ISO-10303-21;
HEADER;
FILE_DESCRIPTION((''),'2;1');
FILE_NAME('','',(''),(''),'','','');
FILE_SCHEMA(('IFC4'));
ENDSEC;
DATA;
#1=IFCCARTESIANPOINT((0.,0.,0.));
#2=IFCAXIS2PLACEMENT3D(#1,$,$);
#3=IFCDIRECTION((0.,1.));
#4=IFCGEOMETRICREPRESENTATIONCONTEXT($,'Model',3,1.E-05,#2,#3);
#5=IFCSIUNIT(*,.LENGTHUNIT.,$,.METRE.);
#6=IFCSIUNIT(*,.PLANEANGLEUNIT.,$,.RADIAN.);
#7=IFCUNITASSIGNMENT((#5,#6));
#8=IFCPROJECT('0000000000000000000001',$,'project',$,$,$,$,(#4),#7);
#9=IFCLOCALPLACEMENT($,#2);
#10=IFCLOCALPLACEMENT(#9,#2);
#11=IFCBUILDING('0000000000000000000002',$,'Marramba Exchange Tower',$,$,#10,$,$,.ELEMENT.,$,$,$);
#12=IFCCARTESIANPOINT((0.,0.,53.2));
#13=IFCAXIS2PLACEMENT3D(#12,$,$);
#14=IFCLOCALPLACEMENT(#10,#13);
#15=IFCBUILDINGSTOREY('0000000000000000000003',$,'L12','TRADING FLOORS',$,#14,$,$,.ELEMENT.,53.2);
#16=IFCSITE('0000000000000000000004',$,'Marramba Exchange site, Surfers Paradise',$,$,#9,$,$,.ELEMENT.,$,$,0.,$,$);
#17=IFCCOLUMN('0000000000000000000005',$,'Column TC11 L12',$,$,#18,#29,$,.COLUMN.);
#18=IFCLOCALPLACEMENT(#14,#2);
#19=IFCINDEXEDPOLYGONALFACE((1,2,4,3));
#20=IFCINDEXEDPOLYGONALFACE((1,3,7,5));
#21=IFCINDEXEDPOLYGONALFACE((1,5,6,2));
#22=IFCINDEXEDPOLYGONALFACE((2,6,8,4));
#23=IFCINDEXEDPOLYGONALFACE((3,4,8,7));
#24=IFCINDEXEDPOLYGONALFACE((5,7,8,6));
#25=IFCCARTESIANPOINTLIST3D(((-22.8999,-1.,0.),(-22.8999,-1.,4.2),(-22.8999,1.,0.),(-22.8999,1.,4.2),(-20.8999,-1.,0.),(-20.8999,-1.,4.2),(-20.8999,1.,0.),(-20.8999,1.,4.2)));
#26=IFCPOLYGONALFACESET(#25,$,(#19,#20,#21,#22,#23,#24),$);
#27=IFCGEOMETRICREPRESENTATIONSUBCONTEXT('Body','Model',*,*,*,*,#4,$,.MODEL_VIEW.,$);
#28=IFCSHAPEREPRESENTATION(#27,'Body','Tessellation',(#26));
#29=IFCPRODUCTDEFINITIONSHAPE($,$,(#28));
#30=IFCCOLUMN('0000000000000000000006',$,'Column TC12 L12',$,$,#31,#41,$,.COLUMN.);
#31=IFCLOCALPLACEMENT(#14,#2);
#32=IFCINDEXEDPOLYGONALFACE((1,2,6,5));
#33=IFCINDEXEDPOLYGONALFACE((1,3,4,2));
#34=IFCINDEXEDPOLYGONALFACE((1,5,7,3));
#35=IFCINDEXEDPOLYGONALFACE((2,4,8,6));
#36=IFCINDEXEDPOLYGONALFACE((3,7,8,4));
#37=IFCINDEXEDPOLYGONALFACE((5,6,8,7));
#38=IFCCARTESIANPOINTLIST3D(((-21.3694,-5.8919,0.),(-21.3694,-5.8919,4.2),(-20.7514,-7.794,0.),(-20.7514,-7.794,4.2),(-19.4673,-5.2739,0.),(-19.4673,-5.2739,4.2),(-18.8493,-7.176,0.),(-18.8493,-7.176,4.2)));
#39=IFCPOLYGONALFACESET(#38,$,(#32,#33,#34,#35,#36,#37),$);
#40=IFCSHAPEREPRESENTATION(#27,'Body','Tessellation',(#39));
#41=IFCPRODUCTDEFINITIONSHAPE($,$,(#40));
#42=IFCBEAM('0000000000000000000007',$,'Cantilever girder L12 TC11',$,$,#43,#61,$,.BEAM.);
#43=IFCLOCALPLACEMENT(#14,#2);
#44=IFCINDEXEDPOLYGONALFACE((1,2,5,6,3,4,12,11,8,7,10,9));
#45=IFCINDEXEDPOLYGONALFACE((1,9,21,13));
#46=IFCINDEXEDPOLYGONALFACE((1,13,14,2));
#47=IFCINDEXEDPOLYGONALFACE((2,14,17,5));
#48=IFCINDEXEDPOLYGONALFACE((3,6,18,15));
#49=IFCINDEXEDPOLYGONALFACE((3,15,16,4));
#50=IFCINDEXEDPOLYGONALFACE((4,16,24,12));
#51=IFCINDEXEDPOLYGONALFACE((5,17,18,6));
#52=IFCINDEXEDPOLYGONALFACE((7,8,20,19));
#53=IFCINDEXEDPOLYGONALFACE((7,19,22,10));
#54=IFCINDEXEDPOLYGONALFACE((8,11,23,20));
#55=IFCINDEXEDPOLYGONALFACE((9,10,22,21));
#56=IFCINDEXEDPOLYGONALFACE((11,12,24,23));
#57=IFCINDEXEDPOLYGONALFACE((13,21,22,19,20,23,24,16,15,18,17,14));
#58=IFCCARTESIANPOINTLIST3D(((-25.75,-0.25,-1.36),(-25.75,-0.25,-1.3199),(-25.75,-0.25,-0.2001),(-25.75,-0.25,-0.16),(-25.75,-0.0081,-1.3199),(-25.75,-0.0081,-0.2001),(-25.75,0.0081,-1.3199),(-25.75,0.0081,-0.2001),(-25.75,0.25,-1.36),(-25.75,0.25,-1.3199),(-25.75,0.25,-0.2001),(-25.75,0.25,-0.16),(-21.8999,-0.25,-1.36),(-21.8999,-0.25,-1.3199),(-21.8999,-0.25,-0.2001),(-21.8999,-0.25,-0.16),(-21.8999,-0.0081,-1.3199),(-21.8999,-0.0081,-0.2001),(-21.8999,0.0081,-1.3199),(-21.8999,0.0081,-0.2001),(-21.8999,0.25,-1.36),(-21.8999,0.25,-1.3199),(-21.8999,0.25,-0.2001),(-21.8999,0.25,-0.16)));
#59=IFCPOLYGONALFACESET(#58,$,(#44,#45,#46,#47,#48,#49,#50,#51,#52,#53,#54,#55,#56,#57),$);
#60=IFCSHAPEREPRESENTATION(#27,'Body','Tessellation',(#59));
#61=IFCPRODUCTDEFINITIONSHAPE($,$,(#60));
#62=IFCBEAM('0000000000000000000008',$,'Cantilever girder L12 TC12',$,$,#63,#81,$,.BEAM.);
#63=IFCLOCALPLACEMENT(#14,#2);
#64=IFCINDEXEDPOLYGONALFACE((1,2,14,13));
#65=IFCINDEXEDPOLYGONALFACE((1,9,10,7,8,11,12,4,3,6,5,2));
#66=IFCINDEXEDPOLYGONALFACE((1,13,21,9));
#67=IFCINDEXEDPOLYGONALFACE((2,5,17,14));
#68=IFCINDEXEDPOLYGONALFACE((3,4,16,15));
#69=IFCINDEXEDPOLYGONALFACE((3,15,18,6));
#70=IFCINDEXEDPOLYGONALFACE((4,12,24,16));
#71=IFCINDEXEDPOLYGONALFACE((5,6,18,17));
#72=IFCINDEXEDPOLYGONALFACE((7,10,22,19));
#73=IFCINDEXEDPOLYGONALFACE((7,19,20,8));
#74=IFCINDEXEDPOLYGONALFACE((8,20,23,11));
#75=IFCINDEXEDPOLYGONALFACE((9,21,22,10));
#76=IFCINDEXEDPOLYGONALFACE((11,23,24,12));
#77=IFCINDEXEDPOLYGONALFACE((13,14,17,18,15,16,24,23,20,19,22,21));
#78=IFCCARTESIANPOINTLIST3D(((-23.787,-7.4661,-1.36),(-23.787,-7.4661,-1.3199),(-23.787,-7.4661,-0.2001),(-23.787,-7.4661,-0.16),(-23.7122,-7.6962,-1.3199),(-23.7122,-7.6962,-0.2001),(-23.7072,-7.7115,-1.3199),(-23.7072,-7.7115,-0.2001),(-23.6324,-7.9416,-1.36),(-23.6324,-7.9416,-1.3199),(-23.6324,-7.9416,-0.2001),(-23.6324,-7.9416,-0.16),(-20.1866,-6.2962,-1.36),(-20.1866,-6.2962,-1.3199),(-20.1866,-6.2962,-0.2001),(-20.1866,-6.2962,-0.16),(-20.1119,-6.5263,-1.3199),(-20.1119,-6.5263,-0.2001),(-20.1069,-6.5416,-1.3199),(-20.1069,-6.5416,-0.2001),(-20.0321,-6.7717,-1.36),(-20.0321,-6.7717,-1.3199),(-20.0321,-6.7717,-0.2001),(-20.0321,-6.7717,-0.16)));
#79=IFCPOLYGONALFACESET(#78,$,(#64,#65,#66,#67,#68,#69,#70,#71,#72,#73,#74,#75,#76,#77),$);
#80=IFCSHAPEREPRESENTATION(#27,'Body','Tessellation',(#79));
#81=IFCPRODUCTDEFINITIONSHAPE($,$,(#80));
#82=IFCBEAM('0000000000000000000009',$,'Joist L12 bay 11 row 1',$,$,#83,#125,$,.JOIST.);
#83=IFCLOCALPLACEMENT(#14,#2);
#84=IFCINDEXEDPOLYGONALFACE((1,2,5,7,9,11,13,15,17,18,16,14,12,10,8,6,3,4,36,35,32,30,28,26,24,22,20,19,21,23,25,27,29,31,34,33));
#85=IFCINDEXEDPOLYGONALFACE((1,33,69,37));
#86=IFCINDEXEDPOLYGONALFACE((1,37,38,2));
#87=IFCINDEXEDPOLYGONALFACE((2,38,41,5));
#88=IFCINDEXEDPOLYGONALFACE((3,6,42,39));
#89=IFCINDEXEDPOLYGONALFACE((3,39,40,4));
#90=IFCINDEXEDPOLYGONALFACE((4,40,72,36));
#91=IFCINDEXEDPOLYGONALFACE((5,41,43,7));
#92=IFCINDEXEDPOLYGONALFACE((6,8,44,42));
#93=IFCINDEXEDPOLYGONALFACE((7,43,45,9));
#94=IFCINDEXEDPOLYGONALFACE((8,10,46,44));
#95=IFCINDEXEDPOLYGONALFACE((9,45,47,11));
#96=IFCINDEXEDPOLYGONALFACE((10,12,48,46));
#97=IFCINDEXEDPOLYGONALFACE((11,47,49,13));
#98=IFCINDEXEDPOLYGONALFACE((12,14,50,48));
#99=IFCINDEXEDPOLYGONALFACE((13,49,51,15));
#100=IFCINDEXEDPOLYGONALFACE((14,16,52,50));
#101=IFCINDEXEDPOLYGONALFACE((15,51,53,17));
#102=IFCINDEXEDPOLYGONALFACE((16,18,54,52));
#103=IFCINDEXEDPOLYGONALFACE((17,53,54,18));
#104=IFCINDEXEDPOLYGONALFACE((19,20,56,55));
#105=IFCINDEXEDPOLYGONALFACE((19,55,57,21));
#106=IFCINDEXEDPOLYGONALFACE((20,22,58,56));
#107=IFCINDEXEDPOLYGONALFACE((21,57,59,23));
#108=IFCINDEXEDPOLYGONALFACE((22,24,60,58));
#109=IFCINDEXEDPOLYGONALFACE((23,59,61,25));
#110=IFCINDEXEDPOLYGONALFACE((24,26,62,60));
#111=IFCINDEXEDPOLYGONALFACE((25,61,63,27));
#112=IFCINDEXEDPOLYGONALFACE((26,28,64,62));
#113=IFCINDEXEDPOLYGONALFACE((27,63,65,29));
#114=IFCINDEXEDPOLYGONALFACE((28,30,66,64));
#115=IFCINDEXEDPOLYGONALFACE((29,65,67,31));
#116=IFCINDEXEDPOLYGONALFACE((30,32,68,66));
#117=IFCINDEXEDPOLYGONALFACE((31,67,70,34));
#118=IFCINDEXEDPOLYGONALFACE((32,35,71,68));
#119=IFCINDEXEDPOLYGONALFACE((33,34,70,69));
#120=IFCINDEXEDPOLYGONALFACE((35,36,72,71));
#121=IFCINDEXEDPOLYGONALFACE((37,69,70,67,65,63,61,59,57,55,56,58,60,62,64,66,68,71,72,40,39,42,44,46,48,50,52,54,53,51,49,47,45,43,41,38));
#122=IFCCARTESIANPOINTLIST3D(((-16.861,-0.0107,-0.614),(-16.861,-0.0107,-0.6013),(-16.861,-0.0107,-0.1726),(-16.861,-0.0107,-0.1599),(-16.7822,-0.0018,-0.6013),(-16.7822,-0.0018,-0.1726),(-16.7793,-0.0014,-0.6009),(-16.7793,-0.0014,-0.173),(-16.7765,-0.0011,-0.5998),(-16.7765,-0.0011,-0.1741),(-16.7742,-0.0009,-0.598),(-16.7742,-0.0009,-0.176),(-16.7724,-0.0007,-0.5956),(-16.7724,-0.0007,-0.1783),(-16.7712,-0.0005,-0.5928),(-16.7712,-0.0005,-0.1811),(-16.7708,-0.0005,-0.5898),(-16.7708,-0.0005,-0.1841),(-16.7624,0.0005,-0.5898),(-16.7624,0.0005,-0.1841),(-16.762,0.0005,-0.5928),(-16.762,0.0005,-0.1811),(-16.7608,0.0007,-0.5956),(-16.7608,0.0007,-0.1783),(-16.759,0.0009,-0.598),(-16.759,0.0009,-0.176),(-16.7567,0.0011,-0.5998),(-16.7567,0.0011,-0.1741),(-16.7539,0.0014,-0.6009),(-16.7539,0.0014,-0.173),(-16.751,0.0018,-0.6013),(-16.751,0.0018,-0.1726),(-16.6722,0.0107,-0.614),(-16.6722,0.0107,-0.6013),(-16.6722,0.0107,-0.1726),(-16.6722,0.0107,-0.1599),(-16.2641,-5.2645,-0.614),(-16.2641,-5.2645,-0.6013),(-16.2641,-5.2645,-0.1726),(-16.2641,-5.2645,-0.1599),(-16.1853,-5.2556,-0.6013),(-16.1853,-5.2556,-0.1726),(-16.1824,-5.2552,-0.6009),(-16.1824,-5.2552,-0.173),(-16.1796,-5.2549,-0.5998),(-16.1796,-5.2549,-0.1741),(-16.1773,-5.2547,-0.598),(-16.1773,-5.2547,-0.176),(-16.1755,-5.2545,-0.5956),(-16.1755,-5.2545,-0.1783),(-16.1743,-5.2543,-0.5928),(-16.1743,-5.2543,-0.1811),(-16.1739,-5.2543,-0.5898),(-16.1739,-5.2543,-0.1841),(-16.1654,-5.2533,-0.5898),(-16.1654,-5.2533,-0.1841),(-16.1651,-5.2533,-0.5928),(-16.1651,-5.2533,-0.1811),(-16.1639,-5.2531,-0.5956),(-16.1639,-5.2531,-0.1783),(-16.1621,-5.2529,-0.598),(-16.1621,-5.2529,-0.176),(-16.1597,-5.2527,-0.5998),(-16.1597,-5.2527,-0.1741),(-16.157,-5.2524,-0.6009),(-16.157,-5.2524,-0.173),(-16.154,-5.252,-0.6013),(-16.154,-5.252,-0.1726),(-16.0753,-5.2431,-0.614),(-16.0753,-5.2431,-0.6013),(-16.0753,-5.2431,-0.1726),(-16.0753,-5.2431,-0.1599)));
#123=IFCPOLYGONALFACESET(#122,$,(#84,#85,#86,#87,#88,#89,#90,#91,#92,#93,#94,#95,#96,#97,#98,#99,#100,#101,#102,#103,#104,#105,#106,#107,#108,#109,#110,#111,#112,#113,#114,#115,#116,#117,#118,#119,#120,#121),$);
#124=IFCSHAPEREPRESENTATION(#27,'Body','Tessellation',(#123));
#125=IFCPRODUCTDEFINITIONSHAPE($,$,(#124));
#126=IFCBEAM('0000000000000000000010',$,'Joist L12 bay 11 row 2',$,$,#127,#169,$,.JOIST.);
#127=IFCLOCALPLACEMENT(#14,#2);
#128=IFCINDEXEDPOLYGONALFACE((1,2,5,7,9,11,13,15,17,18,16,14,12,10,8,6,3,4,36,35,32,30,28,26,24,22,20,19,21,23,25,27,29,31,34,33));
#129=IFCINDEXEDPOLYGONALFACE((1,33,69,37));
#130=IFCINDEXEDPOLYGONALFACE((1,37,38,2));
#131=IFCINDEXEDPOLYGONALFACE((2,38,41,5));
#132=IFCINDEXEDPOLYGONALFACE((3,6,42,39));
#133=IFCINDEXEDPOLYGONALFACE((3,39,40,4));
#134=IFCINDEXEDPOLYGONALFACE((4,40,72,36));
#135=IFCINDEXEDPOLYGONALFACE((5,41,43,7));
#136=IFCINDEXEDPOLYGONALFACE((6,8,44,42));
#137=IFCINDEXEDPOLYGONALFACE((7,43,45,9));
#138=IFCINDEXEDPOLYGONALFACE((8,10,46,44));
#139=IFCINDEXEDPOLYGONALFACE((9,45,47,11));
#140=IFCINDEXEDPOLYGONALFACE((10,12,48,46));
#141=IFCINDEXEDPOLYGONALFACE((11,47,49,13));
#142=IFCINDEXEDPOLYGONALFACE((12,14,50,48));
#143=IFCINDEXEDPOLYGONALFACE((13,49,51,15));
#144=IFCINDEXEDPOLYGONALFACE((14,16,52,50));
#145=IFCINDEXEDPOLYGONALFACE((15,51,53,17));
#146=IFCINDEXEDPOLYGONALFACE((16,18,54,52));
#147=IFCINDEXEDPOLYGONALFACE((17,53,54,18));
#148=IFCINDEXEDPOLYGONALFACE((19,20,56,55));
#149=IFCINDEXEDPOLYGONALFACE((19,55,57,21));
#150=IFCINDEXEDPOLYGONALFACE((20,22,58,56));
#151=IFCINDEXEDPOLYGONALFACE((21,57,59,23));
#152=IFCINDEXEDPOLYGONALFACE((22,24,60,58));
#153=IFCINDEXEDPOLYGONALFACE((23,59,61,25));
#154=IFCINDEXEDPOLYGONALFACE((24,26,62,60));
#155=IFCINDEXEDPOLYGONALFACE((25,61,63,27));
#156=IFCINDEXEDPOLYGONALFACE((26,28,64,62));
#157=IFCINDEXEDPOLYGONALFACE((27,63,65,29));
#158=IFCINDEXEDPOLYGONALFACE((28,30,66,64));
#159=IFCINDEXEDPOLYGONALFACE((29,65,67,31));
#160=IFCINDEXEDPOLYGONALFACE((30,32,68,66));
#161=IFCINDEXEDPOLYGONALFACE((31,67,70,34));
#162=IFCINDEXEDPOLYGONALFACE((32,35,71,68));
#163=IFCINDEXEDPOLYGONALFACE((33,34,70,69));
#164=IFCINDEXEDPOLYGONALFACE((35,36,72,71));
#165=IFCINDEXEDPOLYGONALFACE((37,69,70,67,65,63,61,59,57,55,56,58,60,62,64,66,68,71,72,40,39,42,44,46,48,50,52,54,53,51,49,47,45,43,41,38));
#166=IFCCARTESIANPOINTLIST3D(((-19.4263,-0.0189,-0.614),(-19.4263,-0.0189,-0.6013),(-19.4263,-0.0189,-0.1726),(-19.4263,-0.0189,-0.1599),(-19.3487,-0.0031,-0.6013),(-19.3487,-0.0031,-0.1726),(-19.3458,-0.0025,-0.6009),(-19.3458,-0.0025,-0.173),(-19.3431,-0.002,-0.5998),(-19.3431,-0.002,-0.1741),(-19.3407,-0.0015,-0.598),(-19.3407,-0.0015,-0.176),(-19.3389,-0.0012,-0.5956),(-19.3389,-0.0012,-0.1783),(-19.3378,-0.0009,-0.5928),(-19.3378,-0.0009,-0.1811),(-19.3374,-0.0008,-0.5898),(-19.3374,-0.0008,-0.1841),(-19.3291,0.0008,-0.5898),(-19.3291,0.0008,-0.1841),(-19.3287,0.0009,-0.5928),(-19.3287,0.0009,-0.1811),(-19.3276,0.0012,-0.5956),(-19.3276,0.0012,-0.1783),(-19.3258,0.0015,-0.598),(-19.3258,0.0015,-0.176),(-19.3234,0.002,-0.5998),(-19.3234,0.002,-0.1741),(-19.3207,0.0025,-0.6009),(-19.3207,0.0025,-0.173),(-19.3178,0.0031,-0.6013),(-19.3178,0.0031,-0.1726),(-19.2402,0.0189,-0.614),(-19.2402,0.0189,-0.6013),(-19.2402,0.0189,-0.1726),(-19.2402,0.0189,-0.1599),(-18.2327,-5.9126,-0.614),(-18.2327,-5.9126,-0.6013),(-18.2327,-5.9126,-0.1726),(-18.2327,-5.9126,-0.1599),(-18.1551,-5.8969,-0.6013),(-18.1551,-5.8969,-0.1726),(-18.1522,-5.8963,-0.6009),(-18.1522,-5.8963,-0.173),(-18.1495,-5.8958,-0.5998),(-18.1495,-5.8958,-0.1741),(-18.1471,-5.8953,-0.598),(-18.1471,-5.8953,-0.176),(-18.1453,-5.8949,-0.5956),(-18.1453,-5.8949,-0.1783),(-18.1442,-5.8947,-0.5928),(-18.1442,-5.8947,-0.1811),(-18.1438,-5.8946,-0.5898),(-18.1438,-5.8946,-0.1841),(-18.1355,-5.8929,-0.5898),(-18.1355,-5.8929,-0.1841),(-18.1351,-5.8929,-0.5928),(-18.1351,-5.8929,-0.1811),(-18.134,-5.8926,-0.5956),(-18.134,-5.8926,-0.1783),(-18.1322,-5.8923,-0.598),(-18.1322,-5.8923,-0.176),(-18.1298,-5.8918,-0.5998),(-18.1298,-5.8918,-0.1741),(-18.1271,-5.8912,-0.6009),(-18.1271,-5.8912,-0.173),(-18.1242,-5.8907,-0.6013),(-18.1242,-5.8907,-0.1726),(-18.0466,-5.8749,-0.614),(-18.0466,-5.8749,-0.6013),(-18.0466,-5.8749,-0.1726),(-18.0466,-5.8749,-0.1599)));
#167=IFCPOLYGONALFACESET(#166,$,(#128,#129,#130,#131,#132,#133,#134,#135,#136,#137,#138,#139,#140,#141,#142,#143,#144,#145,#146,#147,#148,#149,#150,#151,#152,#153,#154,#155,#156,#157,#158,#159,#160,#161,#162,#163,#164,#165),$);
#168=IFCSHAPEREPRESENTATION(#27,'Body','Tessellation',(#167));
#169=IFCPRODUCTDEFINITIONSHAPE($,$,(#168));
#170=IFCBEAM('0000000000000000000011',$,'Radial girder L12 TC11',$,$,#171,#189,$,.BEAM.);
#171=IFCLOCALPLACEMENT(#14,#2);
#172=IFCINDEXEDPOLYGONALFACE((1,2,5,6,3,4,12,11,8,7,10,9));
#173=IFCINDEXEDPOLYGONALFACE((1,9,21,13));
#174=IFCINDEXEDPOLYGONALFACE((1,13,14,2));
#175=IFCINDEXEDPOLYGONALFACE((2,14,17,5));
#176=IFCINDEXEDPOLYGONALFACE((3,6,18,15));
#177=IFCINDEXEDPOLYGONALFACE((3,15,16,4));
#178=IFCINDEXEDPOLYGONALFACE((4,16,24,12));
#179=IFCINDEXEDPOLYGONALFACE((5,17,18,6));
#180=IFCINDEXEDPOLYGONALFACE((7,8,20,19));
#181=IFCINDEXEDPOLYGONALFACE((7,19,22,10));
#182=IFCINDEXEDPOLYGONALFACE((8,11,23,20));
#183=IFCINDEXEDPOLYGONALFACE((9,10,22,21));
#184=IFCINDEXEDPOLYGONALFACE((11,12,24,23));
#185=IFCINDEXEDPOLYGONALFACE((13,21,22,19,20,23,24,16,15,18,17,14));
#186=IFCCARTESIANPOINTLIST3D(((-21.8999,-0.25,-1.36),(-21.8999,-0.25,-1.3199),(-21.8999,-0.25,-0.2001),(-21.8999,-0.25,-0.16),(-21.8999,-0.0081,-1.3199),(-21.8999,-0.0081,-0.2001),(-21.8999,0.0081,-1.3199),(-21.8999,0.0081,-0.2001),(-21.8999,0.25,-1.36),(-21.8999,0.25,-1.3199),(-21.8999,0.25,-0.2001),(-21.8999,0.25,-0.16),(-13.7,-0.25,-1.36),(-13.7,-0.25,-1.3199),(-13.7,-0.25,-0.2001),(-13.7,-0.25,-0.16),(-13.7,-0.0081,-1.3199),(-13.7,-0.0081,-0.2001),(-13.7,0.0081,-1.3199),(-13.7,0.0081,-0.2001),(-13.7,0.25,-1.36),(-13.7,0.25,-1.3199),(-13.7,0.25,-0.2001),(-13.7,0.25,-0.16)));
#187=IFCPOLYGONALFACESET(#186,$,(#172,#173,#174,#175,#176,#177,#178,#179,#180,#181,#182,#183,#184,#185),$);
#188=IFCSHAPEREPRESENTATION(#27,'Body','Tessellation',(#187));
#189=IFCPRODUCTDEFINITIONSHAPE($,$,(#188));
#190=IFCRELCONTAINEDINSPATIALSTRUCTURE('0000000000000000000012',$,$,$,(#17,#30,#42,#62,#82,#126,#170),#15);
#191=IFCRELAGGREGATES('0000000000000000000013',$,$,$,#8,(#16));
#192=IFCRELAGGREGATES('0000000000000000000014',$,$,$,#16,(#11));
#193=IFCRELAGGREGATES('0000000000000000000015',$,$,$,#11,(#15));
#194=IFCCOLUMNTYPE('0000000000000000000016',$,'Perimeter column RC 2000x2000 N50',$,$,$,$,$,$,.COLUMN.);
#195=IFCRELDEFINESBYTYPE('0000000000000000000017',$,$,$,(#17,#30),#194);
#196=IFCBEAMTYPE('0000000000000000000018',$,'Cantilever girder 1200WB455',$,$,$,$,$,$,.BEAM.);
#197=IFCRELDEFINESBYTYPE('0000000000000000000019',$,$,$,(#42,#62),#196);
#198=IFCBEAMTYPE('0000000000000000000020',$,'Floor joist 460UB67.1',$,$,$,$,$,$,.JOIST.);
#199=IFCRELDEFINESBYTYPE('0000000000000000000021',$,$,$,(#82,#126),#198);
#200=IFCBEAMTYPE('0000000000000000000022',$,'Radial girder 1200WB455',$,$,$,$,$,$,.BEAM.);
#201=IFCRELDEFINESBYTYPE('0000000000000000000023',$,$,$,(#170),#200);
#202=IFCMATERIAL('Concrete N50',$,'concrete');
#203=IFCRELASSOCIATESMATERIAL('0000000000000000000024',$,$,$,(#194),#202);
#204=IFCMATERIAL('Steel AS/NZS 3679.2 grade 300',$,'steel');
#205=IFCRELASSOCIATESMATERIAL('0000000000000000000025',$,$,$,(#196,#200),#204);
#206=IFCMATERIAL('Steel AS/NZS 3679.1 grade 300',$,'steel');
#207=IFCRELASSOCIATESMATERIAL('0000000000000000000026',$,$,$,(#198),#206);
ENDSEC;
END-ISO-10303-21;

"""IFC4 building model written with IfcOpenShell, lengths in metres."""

from ifc_helpers import new_model, si_unit, direction, frame, origin, origin_2d, place, context, subcontext, project, spatial, rectangle, i_section, extrude, material, material_profile, profile_set, type_object, element, save


model = new_model("IFC4")

# Units and contexts
model_context = context("Model", 3, precision=1e-05, world=origin(), true_north=direction((0.0, 1.0)))
body_context = subcontext(model_context, "Body", "Model", "MODEL_VIEW")
ifc_project = project(units=[si_unit("LENGTHUNIT", "METRE"), si_unit("PLANEANGLEUNIT", "RADIAN")], contexts=[model_context])

# Site, building, storey
site_placement = place(None, origin())
site = spatial("IfcSite", under=ifc_project, at=site_placement, Name="Marramba Exchange site, Surfers Paradise", CompositionType="ELEMENT", RefElevation=0.0)
building_placement = place(site_placement, origin())
building = spatial("IfcBuilding", under=site, at=building_placement, Name="Marramba Exchange Tower", CompositionType="ELEMENT")
storey_placement = place(building_placement, frame((0.0, 0.0, 53.2)))
storey = spatial("IfcBuildingStorey", under=building, at=storey_placement, Name="L12", Description="TRADING FLOORS", CompositionType="ELEMENT", Elevation=53.2)

# Columns
ifc_material_1 = material(Name="Concrete N50", Category="concrete")
ifc_material_profile_1 = material_profile(ifc_material_1, rectangle(XDim=2.0, YDim=2.0, at=origin_2d()), Name="RC 2000x2000")
ifc_profile_set_1 = profile_set([ifc_material_profile_1], Name="Concrete N50")
column_type = type_object("IfcColumnType", Name="Perimeter column RC 2000x2000 N50", PredefinedType="COLUMN", material=ifc_profile_set_1)
for number, where, z_axis, x_axis, name in (
    (1, (-21.8999, 0.0, 0.0), (0.0, 0.0, 1.0), (-1.0, 0.0, 0.0), "Column TC11 L12"),
    (2, (-20.1094, -6.5339, 0.0), (0.0, 0.0, 1.0), (-0.951057, -0.309017, 0.0), "Column TC12 L12"),
):
    element("IfcColumn", number, at=place(storey_placement, frame(where, z_axis=z_axis, x_axis=x_axis)), inside=storey, type_object=column_type, Name=name, PredefinedType="COLUMN", context=body_context, shape_type="SweptSolid", body=[
        extrude(rectangle(XDim=2.0, YDim=2.0, at=origin_2d()), origin(), (0.0, 0.0, 1.0), 4.2),
    ])

# Beams
ifc_material_2 = material(Name="Steel AS/NZS 3679.2 grade 300", Category="steel")
ifc_material_profile_2 = material_profile(ifc_material_2, i_section(OverallWidth=0.5, OverallDepth=1.2, WebThickness=0.0161, FlangeThickness=0.04, at=origin_2d()), Name="1200WB455")
ifc_profile_set_2 = profile_set([ifc_material_profile_2], Name="Steel AS/NZS 3679.2 grade 300")
beam_type_1 = type_object("IfcBeamType", Name="Cantilever girder 1200WB455", PredefinedType="BEAM", material=ifc_profile_set_2)
beam_1_placement = place(storey_placement, frame((-21.8999, 0.0, -0.76), z_axis=(-1.0, 0.0, 0.0), x_axis=(0.0, -1.0, 0.0)))
element("IfcBeam", 3, at=beam_1_placement, inside=storey, type_object=beam_type_1, Name="Cantilever girder L12 TC11", PredefinedType="BEAM", context=body_context, shape_type="SweptSolid", body=[
    extrude(i_section(OverallWidth=0.5, OverallDepth=1.2, WebThickness=0.0161, FlangeThickness=0.04, at=origin_2d()), origin(), (0.0, 0.0, 1.0), 3.8501),
])
beam_2_placement = place(storey_placement, frame((-20.1094, -6.5339, -0.76), z_axis=(-0.951049, -0.309041, 0.0), x_axis=(0.309041, -0.951049, 0.0)))
element("IfcBeam", 4, at=beam_2_placement, inside=storey, type_object=beam_type_1, Name="Cantilever girder L12 TC12", PredefinedType="BEAM", context=body_context, shape_type="SweptSolid", body=[
    extrude(i_section(OverallWidth=0.5, OverallDepth=1.2, WebThickness=0.0161, FlangeThickness=0.04, at=origin_2d()), origin(), (0.0, 0.0, 1.0), 3.7856),
])
ifc_material_3 = material(Name="Steel AS/NZS 3679.1 grade 300", Category="steel")
ifc_material_profile_3 = material_profile(ifc_material_3, i_section(OverallWidth=0.1899, OverallDepth=0.4541, WebThickness=0.0085, FlangeThickness=0.0127, FilletRadius=0.0115, at=origin_2d()), Name="460UB67.1")
ifc_profile_set_3 = profile_set([ifc_material_profile_3], Name="Steel AS/NZS 3679.1 grade 300")
beam_type_2 = type_object("IfcBeamType", Name="Floor joist 460UB67.1", PredefinedType="JOIST", material=ifc_profile_set_3)
beam_3_placement = place(storey_placement, frame((-16.7666, 0.0, -0.387), z_axis=(0.112889, -0.993608, 0.0), x_axis=(0.993608, 0.112889, 0.0)))
element("IfcBeam", 5, at=beam_3_placement, inside=storey, type_object=beam_type_2, Name="Joist L12 bay 11 row 1", PredefinedType="JOIST", context=body_context, shape_type="SweptSolid", body=[
    extrude(i_section(OverallWidth=0.1899, OverallDepth=0.4541, WebThickness=0.0085, FlangeThickness=0.0127, FilletRadius=0.0115, at=origin_2d()), origin(), (0.0, 0.0, 1.0), 5.2876),
])
beam_4_placement = place(storey_placement, frame((-19.3333, 0.0, -0.387), z_axis=(0.198489, -0.980103, 0.0), x_axis=(0.980103, 0.198489, 0.0)))
element("IfcBeam", 6, at=beam_4_placement, inside=storey, type_object=beam_type_2, Name="Joist L12 bay 11 row 2", PredefinedType="JOIST", context=body_context, shape_type="SweptSolid", body=[
    extrude(i_section(OverallWidth=0.1899, OverallDepth=0.4541, WebThickness=0.0085, FlangeThickness=0.0127, FilletRadius=0.0115, at=origin_2d()), origin(), (0.0, 0.0, 1.0), 6.0134),
])
ifc_material_profile_4 = material_profile(ifc_material_2, i_section(OverallWidth=0.5, OverallDepth=1.2, WebThickness=0.0161, FlangeThickness=0.04, at=origin_2d()), Name="1200WB455")
ifc_profile_set_4 = profile_set([ifc_material_profile_4], Name="Steel AS/NZS 3679.2 grade 300")
beam_type_3 = type_object("IfcBeamType", Name="Radial girder 1200WB455", PredefinedType="BEAM", material=ifc_profile_set_4)
beam_5_placement = place(storey_placement, frame((-13.7, 0.0, -0.76), z_axis=(-1.0, 0.0, 0.0), x_axis=(0.0, -1.0, 0.0)))
element("IfcBeam", 7, at=beam_5_placement, inside=storey, type_object=beam_type_3, Name="Radial girder L12 TC11", PredefinedType="BEAM", context=body_context, shape_type="SweptSolid", body=[
    extrude(i_section(OverallWidth=0.5, OverallDepth=1.2, WebThickness=0.0161, FlangeThickness=0.04, at=origin_2d()), origin(), (0.0, 0.0, 1.0), 8.2),
])

save(model, "model.ifc")
